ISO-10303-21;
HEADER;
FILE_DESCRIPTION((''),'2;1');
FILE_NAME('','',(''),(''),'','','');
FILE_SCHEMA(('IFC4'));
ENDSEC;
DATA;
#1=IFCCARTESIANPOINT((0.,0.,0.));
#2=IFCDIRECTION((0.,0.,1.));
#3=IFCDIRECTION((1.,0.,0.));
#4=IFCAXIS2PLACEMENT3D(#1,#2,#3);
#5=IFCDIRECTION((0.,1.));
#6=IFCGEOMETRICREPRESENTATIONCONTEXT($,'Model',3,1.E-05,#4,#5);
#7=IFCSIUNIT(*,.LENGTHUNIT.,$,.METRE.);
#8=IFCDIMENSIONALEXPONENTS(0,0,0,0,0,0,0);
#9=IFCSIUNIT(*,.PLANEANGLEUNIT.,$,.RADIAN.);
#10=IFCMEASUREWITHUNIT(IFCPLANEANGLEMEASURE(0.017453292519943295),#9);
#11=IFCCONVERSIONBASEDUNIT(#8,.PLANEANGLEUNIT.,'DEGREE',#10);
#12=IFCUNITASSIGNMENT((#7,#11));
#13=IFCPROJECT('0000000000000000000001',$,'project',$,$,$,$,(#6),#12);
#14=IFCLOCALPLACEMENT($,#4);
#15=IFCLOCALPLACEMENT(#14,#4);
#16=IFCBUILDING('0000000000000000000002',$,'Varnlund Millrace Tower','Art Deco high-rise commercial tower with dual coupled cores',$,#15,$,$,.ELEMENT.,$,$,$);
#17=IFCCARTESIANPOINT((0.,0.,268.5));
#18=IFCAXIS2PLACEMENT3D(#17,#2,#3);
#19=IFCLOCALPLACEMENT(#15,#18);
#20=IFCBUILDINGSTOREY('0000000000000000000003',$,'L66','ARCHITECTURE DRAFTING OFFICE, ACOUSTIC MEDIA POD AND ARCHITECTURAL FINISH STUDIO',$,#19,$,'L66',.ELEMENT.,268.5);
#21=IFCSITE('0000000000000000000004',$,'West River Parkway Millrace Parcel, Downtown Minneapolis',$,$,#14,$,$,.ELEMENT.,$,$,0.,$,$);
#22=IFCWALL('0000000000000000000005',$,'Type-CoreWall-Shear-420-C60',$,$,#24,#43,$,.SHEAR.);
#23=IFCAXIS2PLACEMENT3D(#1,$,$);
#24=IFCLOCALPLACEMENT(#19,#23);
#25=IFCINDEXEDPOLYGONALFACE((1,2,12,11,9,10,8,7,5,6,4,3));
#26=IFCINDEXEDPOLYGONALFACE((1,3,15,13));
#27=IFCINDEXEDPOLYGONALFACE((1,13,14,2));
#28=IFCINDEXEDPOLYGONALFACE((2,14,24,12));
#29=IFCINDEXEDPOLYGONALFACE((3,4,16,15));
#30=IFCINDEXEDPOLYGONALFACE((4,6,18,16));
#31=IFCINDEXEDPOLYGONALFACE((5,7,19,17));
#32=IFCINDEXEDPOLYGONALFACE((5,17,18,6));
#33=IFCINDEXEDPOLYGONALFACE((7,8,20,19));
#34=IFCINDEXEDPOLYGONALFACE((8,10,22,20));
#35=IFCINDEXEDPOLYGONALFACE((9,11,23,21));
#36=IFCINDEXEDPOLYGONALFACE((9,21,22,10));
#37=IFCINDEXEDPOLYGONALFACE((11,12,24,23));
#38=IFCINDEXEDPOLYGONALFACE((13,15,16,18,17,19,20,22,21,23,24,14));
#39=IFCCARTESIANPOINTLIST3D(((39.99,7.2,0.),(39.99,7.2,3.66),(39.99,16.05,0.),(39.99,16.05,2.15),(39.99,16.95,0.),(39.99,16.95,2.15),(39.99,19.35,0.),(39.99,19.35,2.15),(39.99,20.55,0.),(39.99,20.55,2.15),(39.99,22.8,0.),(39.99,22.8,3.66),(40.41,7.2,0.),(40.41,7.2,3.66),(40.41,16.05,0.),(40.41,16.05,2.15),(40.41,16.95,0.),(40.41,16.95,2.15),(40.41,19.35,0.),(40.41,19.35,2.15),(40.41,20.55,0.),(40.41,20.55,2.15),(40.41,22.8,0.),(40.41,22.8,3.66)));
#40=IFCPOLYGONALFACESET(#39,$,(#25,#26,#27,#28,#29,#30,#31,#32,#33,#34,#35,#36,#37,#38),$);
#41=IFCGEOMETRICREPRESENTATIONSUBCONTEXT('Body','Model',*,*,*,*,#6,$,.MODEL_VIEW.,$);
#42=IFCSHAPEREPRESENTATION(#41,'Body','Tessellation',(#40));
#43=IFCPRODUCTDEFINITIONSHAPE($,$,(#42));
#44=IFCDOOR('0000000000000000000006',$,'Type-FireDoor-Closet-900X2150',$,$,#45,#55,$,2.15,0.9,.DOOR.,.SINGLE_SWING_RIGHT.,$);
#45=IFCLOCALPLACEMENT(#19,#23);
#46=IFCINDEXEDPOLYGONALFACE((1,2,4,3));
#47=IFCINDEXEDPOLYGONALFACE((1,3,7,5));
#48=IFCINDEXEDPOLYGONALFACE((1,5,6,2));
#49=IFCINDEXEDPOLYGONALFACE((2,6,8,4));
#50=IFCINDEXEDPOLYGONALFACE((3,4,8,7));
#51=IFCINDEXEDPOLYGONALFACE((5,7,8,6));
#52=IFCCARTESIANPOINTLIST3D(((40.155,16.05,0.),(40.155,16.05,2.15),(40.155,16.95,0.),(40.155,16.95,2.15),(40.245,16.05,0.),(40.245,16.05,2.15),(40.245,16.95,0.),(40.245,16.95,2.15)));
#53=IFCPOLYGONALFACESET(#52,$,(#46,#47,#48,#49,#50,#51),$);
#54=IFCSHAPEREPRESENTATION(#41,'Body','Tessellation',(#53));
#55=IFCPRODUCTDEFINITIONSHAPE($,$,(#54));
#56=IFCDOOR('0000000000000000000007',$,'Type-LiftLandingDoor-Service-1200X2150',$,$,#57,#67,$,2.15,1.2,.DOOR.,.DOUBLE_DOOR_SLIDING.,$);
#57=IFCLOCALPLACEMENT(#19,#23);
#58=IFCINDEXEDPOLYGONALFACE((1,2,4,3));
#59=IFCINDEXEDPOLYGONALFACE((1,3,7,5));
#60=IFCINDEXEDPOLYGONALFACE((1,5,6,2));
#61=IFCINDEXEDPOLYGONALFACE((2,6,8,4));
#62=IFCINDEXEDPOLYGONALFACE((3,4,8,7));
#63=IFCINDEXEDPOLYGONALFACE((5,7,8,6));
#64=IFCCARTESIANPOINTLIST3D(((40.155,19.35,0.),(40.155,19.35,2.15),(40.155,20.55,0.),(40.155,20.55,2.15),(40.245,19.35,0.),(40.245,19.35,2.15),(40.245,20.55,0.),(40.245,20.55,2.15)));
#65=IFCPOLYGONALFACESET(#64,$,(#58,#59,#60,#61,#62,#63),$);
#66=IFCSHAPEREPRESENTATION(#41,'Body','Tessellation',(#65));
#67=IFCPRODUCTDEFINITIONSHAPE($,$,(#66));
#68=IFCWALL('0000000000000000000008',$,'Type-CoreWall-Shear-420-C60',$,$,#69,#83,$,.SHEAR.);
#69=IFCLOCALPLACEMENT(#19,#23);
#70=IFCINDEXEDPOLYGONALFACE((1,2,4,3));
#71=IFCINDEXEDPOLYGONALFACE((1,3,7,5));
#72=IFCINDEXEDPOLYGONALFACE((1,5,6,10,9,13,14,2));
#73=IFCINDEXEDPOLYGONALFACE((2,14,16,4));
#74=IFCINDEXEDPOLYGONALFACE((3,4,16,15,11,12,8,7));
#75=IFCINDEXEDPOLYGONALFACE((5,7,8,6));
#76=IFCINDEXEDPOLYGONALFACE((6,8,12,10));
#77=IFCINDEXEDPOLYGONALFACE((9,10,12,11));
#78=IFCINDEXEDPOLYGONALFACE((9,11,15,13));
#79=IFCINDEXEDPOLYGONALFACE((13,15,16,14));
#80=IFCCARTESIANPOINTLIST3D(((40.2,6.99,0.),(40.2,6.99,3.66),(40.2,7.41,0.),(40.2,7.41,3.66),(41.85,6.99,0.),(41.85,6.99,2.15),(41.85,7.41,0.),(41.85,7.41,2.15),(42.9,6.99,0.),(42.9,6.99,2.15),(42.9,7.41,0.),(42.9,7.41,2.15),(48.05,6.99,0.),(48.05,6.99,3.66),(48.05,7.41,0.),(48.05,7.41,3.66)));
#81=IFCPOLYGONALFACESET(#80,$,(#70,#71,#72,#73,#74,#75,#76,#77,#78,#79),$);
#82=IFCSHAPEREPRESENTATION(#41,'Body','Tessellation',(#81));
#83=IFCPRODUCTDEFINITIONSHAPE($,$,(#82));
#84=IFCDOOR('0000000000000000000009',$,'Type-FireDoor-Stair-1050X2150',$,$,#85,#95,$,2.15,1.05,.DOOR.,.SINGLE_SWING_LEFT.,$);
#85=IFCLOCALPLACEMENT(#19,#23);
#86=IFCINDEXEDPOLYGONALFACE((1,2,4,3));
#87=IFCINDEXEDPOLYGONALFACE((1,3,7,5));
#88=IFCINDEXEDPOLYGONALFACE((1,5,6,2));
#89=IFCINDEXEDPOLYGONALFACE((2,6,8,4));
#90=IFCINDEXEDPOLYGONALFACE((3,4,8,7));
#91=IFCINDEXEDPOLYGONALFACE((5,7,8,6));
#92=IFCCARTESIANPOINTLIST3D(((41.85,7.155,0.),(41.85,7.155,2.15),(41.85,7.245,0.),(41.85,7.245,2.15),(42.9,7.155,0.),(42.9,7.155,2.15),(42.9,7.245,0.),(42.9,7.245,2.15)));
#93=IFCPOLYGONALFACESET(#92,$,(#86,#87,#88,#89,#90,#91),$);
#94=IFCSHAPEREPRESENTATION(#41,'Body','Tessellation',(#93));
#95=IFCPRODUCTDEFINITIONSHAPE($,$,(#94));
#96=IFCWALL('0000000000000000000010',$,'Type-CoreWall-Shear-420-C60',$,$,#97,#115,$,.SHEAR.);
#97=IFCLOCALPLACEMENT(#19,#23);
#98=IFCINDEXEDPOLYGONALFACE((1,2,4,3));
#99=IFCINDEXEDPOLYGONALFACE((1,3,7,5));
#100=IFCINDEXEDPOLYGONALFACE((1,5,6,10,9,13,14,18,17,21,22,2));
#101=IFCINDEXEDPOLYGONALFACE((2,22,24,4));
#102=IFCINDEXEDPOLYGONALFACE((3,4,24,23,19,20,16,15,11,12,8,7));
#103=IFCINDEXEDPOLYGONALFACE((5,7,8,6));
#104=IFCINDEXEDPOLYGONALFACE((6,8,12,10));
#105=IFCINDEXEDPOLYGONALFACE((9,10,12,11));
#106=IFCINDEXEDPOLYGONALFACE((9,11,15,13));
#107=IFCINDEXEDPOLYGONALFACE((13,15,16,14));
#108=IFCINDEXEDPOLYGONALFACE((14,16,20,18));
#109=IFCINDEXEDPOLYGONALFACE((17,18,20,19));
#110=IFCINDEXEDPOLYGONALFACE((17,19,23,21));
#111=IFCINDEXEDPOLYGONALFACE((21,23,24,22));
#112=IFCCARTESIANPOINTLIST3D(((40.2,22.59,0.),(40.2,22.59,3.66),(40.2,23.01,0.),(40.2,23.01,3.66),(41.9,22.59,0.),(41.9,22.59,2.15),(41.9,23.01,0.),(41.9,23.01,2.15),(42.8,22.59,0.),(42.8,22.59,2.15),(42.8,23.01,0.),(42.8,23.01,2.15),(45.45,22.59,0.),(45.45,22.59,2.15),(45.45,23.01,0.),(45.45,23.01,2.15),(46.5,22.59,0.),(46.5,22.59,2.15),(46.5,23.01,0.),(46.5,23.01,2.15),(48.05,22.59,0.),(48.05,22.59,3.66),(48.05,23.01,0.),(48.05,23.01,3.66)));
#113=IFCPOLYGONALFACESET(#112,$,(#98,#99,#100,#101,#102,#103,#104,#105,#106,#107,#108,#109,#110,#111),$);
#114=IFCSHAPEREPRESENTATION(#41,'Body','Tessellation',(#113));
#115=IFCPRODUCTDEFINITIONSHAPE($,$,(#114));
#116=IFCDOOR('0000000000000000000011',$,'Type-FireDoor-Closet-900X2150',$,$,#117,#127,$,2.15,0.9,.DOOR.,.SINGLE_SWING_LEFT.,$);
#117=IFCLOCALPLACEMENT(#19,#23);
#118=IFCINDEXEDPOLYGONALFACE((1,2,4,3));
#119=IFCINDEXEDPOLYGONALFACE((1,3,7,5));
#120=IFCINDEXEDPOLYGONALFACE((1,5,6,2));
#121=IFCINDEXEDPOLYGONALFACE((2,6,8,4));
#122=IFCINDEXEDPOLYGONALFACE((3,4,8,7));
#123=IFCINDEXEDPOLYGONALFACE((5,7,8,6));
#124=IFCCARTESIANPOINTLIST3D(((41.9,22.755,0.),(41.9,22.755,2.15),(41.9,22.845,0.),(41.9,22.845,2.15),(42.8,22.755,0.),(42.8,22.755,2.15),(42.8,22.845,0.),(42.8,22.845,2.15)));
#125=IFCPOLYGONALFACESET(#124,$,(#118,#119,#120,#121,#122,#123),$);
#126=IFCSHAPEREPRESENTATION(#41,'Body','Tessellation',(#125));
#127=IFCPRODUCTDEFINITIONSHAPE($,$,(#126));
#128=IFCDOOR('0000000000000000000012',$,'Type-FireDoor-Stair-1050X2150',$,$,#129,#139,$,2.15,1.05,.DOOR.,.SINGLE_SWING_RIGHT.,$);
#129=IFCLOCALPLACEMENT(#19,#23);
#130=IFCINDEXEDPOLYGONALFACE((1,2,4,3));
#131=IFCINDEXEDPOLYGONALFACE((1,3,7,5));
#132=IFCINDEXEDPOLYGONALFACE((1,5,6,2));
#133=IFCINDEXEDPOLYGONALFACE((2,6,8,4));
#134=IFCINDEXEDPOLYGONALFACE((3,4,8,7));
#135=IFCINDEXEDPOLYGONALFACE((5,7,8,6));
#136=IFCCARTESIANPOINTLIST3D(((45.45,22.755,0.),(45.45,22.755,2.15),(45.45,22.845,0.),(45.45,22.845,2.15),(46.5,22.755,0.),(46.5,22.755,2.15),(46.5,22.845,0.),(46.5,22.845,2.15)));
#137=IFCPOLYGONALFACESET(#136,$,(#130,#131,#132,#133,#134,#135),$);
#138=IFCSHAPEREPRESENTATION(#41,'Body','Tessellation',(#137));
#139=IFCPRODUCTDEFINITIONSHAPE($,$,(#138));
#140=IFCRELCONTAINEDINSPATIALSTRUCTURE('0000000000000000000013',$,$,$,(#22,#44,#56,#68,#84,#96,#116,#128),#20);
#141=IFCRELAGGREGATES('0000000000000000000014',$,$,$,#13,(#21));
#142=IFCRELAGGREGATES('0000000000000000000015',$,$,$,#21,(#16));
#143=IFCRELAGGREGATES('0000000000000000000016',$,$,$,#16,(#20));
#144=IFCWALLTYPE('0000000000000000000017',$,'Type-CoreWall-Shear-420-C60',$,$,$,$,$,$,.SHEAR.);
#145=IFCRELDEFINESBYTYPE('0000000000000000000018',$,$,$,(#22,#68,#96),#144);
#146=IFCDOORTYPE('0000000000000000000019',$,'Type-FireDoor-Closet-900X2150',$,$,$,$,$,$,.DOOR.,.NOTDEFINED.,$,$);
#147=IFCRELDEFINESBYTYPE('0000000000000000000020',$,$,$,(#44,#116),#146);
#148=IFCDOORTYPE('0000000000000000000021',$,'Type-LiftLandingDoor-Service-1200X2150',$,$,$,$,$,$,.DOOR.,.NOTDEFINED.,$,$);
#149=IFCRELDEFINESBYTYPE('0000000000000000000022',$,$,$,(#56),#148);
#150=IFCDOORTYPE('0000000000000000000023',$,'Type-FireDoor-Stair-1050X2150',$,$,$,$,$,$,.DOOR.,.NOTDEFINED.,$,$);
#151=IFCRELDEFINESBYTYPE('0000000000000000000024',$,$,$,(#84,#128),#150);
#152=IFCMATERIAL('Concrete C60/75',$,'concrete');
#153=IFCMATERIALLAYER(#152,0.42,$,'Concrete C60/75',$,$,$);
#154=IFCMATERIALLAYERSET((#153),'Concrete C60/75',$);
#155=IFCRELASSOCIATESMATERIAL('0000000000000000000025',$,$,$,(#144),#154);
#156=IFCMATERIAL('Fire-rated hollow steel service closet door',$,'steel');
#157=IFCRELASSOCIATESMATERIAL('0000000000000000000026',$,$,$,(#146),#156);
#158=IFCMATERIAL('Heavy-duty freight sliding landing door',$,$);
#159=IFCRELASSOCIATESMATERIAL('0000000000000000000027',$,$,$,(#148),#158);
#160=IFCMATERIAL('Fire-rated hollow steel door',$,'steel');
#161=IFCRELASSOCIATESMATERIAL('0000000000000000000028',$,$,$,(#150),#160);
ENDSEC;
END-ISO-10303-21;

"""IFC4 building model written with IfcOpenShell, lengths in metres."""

from ifc_helpers import new_model, entity, si_unit, converted_unit, direction, frame, origin_with_axes, origin_2d_with_axis, place, context, subcontext, project, spatial, polyline, rectangle, outline, extrude, material, layer, layer_set, type_object, element, fill, save


model = new_model("IFC4")

# Units and contexts
model_context = context("Model", 3, precision=1e-05, world=origin_with_axes(), true_north=direction((0.0, 1.0)))
body_context = subcontext(model_context, "Body", "Model", "MODEL_VIEW")
ifc_project = project(units=[si_unit("LENGTHUNIT", "METRE"), converted_unit("PLANEANGLEUNIT", "DEGREE", entity("IfcPlaneAngleMeasure", 0.017453292519943295), si_unit("PLANEANGLEUNIT", "RADIAN"), dimensions=[0, 0, 0, 0, 0, 0, 0])], contexts=[model_context])

# Site, building, storey
site_placement = place(None, origin_with_axes())
site = spatial("IfcSite", under=ifc_project, at=site_placement, Name="West River Parkway Millrace Parcel, Downtown Minneapolis", CompositionType="ELEMENT", RefElevation=0.0)
building_placement = place(site_placement, origin_with_axes())
building = spatial("IfcBuilding", under=site, at=building_placement, Name="Varnlund Millrace Tower", Description="Art Deco high-rise commercial tower with dual coupled cores", CompositionType="ELEMENT")
storey_placement = place(building_placement, frame((0.0, 0.0, 268.5), z_axis=(0.0, 0.0, 1.0), x_axis=(1.0, 0.0, 0.0)))
storey = spatial("IfcBuildingStorey", under=building, at=storey_placement, Name="L66", Description="ARCHITECTURE DRAFTING OFFICE, ACOUSTIC MEDIA POD AND ARCHITECTURAL FINISH STUDIO", LongName="L66", CompositionType="ELEMENT", Elevation=268.5)

# Wall, openings, doors
ifc_material_1 = material(Name="Concrete C60/75", Category="concrete")
ifc_layer_1 = layer(ifc_material_1, 0.42, Name="Concrete C60/75")
ifc_layer_set_1 = layer_set([ifc_layer_1], Name="Concrete C60/75")
wall_type_1 = type_object("IfcWallType", Name="Type-CoreWall-Shear-420-C60", PredefinedType="SHEAR", material=ifc_layer_set_1)
wall_1_placement = place(storey_placement, frame((40.2, 7.2, 0.0), z_axis=(0.0, 0.0, 1.0), x_axis=(0.0, 1.0, 0.0)))
wall_1 = element("IfcWall", 1, at=wall_1_placement, inside=storey, type_object=wall_type_1, Name="Type-CoreWall-Shear-420-C60", PredefinedType="SHEAR", context=body_context, shape_type="SweptSolid", body=[
    extrude(outline(polyline([(0.0, -0.21), (15.6, -0.21), (15.6, 0.21), (0.0, 0.21), (0.0, -0.21)])), origin_with_axes(), (0.0, 0.0, 1.0), 3.66),
])
opening_1_placement = place(wall_1_placement, frame((12.75, 0.0, 0.0), z_axis=(0.0, 0.0, 1.0), x_axis=(1.0, 0.0, 0.0)))
opening_1 = element("IfcOpeningElement", 2, at=opening_1_placement, cuts=wall_1, PredefinedType="OPENING", context=body_context, shape_type="SweptSolid", body=[
    extrude(rectangle(XDim=1.2, YDim=0.44, at=origin_2d_with_axis()), origin_with_axes(), (0.0, 0.0, 1.0), 2.15),
])
opening_2_placement = place(wall_1_placement, frame((9.3, 0.0, 0.0), z_axis=(0.0, 0.0, 1.0), x_axis=(1.0, 0.0, 0.0)))
opening_2 = element("IfcOpeningElement", 3, at=opening_2_placement, cuts=wall_1, PredefinedType="OPENING", context=body_context, shape_type="SweptSolid", body=[
    extrude(rectangle(XDim=0.9, YDim=0.44, at=origin_2d_with_axis()), origin_with_axes(), (0.0, 0.0, 1.0), 2.15),
])
ifc_material_2 = material(Name="Fire-rated hollow steel service closet door", Category="steel")
door_type_1 = type_object("IfcDoorType", Name="Type-FireDoor-Closet-900X2150", OperationType="NOTDEFINED", PredefinedType="DOOR", material=ifc_material_2)
door_1_placement = place(wall_1_placement, frame((9.3, 0.0, 0.0), z_axis=(0.0, 0.0, 1.0), x_axis=(1.0, 0.0, 0.0)))
door_1 = element("IfcDoor", 4, at=door_1_placement, inside=storey, type_object=door_type_1, Name="Type-FireDoor-Closet-900X2150", OperationType="SINGLE_SWING_RIGHT", OverallHeight=2.15, OverallWidth=0.9, PredefinedType="DOOR", context=body_context, shape_type="SweptSolid", body=[
    extrude(rectangle(XDim=0.9, YDim=0.09, at=origin_2d_with_axis()), origin_with_axes(), (0.0, 0.0, 1.0), 2.15),
])
fill(opening_2, door_1)
ifc_material_3 = material(Name="Heavy-duty freight sliding landing door")
door_type_2 = type_object("IfcDoorType", Name="Type-LiftLandingDoor-Service-1200X2150", OperationType="NOTDEFINED", PredefinedType="DOOR", material=ifc_material_3)
door_2_placement = place(wall_1_placement, frame((12.75, 0.0, 0.0), z_axis=(0.0, 0.0, 1.0), x_axis=(1.0, 0.0, 0.0)))
door_2 = element("IfcDoor", 5, at=door_2_placement, inside=storey, type_object=door_type_2, Name="Type-LiftLandingDoor-Service-1200X2150", OperationType="DOUBLE_DOOR_SLIDING", OverallHeight=2.15, OverallWidth=1.2, PredefinedType="DOOR", context=body_context, shape_type="SweptSolid", body=[
    extrude(rectangle(XDim=1.2, YDim=0.09, at=origin_2d_with_axis()), origin_with_axes(), (0.0, 0.0, 1.0), 2.15),
])
fill(opening_1, door_2)

# Wall, opening, door
wall_2_placement = place(storey_placement, frame((40.2, 7.2, 0.0), z_axis=(0.0, 0.0, 1.0), x_axis=(1.0, 0.0, 0.0)))
wall_2 = element("IfcWall", 6, at=wall_2_placement, inside=storey, type_object=wall_type_1, Name="Type-CoreWall-Shear-420-C60", PredefinedType="SHEAR", context=body_context, shape_type="SweptSolid", body=[
    extrude(outline(polyline([(0.0, -0.21), (7.85, -0.21), (7.85, 0.21), (0.0, 0.21), (0.0, -0.21)])), origin_with_axes(), (0.0, 0.0, 1.0), 3.66),
])
opening_3_placement = place(wall_2_placement, frame((2.175, 0.0, 0.0), z_axis=(0.0, 0.0, 1.0), x_axis=(1.0, 0.0, 0.0)))
opening_3 = element("IfcOpeningElement", 7, at=opening_3_placement, cuts=wall_2, PredefinedType="OPENING", context=body_context, shape_type="SweptSolid", body=[
    extrude(rectangle(XDim=1.05, YDim=0.44, at=origin_2d_with_axis()), origin_with_axes(), (0.0, 0.0, 1.0), 2.15),
])
ifc_material_4 = material(Name="Fire-rated hollow steel door", Category="steel")
door_type_3 = type_object("IfcDoorType", Name="Type-FireDoor-Stair-1050X2150", OperationType="NOTDEFINED", PredefinedType="DOOR", material=ifc_material_4)
door_3_placement = place(wall_2_placement, frame((2.175, 0.0, 0.0), z_axis=(0.0, 0.0, 1.0), x_axis=(1.0, 0.0, 0.0)))
door_3 = element("IfcDoor", 8, at=door_3_placement, inside=storey, type_object=door_type_3, Name="Type-FireDoor-Stair-1050X2150", OperationType="SINGLE_SWING_LEFT", OverallHeight=2.15, OverallWidth=1.05, PredefinedType="DOOR", context=body_context, shape_type="SweptSolid", body=[
    extrude(rectangle(XDim=1.05, YDim=0.09, at=origin_2d_with_axis()), origin_with_axes(), (0.0, 0.0, 1.0), 2.15),
])
fill(opening_3, door_3)

# Wall, openings, doors
wall_3_placement = place(storey_placement, frame((40.2, 22.8, 0.0), z_axis=(0.0, 0.0, 1.0), x_axis=(1.0, 0.0, 0.0)))
wall_3 = element("IfcWall", 9, at=wall_3_placement, inside=storey, type_object=wall_type_1, Name="Type-CoreWall-Shear-420-C60", PredefinedType="SHEAR", context=body_context, shape_type="SweptSolid", body=[
    extrude(outline(polyline([(0.0, -0.21), (7.85, -0.21), (7.85, 0.21), (0.0, 0.21), (0.0, -0.21)])), origin_with_axes(), (0.0, 0.0, 1.0), 3.66),
])
opening_4_placement = place(wall_3_placement, frame((5.775, 0.0, 0.0), z_axis=(0.0, 0.0, 1.0), x_axis=(1.0, 0.0, 0.0)))
opening_4 = element("IfcOpeningElement", 10, at=opening_4_placement, cuts=wall_3, PredefinedType="OPENING", context=body_context, shape_type="SweptSolid", body=[
    extrude(rectangle(XDim=1.05, YDim=0.44, at=origin_2d_with_axis()), origin_with_axes(), (0.0, 0.0, 1.0), 2.15),
])
opening_5_placement = place(wall_3_placement, frame((2.15, 0.0, 0.0), z_axis=(0.0, 0.0, 1.0), x_axis=(1.0, 0.0, 0.0)))
opening_5 = element("IfcOpeningElement", 11, at=opening_5_placement, cuts=wall_3, PredefinedType="OPENING", context=body_context, shape_type="SweptSolid", body=[
    extrude(rectangle(XDim=0.9, YDim=0.44, at=origin_2d_with_axis()), origin_with_axes(), (0.0, 0.0, 1.0), 2.15),
])
door_4_placement = place(wall_3_placement, frame((2.15, 0.0, 0.0), z_axis=(0.0, 0.0, 1.0), x_axis=(1.0, 0.0, 0.0)))
door_4 = element("IfcDoor", 12, at=door_4_placement, inside=storey, type_object=door_type_1, Name="Type-FireDoor-Closet-900X2150", OperationType="SINGLE_SWING_LEFT", OverallHeight=2.15, OverallWidth=0.9, PredefinedType="DOOR", context=body_context, shape_type="SweptSolid", body=[
    extrude(rectangle(XDim=0.9, YDim=0.09, at=origin_2d_with_axis()), origin_with_axes(), (0.0, 0.0, 1.0), 2.15),
])
fill(opening_5, door_4)
door_5_placement = place(wall_3_placement, frame((5.775, 0.0, 0.0), z_axis=(0.0, 0.0, 1.0), x_axis=(1.0, 0.0, 0.0)))
door_5 = element("IfcDoor", 13, at=door_5_placement, inside=storey, type_object=door_type_3, Name="Type-FireDoor-Stair-1050X2150", OperationType="SINGLE_SWING_RIGHT", OverallHeight=2.15, OverallWidth=1.05, PredefinedType="DOOR", context=body_context, shape_type="SweptSolid", body=[
    extrude(rectangle(XDim=1.05, YDim=0.09, at=origin_2d_with_axis()), origin_with_axes(), (0.0, 0.0, 1.0), 2.15),
])
fill(opening_4, door_5)

save(model, "model.ifc")
